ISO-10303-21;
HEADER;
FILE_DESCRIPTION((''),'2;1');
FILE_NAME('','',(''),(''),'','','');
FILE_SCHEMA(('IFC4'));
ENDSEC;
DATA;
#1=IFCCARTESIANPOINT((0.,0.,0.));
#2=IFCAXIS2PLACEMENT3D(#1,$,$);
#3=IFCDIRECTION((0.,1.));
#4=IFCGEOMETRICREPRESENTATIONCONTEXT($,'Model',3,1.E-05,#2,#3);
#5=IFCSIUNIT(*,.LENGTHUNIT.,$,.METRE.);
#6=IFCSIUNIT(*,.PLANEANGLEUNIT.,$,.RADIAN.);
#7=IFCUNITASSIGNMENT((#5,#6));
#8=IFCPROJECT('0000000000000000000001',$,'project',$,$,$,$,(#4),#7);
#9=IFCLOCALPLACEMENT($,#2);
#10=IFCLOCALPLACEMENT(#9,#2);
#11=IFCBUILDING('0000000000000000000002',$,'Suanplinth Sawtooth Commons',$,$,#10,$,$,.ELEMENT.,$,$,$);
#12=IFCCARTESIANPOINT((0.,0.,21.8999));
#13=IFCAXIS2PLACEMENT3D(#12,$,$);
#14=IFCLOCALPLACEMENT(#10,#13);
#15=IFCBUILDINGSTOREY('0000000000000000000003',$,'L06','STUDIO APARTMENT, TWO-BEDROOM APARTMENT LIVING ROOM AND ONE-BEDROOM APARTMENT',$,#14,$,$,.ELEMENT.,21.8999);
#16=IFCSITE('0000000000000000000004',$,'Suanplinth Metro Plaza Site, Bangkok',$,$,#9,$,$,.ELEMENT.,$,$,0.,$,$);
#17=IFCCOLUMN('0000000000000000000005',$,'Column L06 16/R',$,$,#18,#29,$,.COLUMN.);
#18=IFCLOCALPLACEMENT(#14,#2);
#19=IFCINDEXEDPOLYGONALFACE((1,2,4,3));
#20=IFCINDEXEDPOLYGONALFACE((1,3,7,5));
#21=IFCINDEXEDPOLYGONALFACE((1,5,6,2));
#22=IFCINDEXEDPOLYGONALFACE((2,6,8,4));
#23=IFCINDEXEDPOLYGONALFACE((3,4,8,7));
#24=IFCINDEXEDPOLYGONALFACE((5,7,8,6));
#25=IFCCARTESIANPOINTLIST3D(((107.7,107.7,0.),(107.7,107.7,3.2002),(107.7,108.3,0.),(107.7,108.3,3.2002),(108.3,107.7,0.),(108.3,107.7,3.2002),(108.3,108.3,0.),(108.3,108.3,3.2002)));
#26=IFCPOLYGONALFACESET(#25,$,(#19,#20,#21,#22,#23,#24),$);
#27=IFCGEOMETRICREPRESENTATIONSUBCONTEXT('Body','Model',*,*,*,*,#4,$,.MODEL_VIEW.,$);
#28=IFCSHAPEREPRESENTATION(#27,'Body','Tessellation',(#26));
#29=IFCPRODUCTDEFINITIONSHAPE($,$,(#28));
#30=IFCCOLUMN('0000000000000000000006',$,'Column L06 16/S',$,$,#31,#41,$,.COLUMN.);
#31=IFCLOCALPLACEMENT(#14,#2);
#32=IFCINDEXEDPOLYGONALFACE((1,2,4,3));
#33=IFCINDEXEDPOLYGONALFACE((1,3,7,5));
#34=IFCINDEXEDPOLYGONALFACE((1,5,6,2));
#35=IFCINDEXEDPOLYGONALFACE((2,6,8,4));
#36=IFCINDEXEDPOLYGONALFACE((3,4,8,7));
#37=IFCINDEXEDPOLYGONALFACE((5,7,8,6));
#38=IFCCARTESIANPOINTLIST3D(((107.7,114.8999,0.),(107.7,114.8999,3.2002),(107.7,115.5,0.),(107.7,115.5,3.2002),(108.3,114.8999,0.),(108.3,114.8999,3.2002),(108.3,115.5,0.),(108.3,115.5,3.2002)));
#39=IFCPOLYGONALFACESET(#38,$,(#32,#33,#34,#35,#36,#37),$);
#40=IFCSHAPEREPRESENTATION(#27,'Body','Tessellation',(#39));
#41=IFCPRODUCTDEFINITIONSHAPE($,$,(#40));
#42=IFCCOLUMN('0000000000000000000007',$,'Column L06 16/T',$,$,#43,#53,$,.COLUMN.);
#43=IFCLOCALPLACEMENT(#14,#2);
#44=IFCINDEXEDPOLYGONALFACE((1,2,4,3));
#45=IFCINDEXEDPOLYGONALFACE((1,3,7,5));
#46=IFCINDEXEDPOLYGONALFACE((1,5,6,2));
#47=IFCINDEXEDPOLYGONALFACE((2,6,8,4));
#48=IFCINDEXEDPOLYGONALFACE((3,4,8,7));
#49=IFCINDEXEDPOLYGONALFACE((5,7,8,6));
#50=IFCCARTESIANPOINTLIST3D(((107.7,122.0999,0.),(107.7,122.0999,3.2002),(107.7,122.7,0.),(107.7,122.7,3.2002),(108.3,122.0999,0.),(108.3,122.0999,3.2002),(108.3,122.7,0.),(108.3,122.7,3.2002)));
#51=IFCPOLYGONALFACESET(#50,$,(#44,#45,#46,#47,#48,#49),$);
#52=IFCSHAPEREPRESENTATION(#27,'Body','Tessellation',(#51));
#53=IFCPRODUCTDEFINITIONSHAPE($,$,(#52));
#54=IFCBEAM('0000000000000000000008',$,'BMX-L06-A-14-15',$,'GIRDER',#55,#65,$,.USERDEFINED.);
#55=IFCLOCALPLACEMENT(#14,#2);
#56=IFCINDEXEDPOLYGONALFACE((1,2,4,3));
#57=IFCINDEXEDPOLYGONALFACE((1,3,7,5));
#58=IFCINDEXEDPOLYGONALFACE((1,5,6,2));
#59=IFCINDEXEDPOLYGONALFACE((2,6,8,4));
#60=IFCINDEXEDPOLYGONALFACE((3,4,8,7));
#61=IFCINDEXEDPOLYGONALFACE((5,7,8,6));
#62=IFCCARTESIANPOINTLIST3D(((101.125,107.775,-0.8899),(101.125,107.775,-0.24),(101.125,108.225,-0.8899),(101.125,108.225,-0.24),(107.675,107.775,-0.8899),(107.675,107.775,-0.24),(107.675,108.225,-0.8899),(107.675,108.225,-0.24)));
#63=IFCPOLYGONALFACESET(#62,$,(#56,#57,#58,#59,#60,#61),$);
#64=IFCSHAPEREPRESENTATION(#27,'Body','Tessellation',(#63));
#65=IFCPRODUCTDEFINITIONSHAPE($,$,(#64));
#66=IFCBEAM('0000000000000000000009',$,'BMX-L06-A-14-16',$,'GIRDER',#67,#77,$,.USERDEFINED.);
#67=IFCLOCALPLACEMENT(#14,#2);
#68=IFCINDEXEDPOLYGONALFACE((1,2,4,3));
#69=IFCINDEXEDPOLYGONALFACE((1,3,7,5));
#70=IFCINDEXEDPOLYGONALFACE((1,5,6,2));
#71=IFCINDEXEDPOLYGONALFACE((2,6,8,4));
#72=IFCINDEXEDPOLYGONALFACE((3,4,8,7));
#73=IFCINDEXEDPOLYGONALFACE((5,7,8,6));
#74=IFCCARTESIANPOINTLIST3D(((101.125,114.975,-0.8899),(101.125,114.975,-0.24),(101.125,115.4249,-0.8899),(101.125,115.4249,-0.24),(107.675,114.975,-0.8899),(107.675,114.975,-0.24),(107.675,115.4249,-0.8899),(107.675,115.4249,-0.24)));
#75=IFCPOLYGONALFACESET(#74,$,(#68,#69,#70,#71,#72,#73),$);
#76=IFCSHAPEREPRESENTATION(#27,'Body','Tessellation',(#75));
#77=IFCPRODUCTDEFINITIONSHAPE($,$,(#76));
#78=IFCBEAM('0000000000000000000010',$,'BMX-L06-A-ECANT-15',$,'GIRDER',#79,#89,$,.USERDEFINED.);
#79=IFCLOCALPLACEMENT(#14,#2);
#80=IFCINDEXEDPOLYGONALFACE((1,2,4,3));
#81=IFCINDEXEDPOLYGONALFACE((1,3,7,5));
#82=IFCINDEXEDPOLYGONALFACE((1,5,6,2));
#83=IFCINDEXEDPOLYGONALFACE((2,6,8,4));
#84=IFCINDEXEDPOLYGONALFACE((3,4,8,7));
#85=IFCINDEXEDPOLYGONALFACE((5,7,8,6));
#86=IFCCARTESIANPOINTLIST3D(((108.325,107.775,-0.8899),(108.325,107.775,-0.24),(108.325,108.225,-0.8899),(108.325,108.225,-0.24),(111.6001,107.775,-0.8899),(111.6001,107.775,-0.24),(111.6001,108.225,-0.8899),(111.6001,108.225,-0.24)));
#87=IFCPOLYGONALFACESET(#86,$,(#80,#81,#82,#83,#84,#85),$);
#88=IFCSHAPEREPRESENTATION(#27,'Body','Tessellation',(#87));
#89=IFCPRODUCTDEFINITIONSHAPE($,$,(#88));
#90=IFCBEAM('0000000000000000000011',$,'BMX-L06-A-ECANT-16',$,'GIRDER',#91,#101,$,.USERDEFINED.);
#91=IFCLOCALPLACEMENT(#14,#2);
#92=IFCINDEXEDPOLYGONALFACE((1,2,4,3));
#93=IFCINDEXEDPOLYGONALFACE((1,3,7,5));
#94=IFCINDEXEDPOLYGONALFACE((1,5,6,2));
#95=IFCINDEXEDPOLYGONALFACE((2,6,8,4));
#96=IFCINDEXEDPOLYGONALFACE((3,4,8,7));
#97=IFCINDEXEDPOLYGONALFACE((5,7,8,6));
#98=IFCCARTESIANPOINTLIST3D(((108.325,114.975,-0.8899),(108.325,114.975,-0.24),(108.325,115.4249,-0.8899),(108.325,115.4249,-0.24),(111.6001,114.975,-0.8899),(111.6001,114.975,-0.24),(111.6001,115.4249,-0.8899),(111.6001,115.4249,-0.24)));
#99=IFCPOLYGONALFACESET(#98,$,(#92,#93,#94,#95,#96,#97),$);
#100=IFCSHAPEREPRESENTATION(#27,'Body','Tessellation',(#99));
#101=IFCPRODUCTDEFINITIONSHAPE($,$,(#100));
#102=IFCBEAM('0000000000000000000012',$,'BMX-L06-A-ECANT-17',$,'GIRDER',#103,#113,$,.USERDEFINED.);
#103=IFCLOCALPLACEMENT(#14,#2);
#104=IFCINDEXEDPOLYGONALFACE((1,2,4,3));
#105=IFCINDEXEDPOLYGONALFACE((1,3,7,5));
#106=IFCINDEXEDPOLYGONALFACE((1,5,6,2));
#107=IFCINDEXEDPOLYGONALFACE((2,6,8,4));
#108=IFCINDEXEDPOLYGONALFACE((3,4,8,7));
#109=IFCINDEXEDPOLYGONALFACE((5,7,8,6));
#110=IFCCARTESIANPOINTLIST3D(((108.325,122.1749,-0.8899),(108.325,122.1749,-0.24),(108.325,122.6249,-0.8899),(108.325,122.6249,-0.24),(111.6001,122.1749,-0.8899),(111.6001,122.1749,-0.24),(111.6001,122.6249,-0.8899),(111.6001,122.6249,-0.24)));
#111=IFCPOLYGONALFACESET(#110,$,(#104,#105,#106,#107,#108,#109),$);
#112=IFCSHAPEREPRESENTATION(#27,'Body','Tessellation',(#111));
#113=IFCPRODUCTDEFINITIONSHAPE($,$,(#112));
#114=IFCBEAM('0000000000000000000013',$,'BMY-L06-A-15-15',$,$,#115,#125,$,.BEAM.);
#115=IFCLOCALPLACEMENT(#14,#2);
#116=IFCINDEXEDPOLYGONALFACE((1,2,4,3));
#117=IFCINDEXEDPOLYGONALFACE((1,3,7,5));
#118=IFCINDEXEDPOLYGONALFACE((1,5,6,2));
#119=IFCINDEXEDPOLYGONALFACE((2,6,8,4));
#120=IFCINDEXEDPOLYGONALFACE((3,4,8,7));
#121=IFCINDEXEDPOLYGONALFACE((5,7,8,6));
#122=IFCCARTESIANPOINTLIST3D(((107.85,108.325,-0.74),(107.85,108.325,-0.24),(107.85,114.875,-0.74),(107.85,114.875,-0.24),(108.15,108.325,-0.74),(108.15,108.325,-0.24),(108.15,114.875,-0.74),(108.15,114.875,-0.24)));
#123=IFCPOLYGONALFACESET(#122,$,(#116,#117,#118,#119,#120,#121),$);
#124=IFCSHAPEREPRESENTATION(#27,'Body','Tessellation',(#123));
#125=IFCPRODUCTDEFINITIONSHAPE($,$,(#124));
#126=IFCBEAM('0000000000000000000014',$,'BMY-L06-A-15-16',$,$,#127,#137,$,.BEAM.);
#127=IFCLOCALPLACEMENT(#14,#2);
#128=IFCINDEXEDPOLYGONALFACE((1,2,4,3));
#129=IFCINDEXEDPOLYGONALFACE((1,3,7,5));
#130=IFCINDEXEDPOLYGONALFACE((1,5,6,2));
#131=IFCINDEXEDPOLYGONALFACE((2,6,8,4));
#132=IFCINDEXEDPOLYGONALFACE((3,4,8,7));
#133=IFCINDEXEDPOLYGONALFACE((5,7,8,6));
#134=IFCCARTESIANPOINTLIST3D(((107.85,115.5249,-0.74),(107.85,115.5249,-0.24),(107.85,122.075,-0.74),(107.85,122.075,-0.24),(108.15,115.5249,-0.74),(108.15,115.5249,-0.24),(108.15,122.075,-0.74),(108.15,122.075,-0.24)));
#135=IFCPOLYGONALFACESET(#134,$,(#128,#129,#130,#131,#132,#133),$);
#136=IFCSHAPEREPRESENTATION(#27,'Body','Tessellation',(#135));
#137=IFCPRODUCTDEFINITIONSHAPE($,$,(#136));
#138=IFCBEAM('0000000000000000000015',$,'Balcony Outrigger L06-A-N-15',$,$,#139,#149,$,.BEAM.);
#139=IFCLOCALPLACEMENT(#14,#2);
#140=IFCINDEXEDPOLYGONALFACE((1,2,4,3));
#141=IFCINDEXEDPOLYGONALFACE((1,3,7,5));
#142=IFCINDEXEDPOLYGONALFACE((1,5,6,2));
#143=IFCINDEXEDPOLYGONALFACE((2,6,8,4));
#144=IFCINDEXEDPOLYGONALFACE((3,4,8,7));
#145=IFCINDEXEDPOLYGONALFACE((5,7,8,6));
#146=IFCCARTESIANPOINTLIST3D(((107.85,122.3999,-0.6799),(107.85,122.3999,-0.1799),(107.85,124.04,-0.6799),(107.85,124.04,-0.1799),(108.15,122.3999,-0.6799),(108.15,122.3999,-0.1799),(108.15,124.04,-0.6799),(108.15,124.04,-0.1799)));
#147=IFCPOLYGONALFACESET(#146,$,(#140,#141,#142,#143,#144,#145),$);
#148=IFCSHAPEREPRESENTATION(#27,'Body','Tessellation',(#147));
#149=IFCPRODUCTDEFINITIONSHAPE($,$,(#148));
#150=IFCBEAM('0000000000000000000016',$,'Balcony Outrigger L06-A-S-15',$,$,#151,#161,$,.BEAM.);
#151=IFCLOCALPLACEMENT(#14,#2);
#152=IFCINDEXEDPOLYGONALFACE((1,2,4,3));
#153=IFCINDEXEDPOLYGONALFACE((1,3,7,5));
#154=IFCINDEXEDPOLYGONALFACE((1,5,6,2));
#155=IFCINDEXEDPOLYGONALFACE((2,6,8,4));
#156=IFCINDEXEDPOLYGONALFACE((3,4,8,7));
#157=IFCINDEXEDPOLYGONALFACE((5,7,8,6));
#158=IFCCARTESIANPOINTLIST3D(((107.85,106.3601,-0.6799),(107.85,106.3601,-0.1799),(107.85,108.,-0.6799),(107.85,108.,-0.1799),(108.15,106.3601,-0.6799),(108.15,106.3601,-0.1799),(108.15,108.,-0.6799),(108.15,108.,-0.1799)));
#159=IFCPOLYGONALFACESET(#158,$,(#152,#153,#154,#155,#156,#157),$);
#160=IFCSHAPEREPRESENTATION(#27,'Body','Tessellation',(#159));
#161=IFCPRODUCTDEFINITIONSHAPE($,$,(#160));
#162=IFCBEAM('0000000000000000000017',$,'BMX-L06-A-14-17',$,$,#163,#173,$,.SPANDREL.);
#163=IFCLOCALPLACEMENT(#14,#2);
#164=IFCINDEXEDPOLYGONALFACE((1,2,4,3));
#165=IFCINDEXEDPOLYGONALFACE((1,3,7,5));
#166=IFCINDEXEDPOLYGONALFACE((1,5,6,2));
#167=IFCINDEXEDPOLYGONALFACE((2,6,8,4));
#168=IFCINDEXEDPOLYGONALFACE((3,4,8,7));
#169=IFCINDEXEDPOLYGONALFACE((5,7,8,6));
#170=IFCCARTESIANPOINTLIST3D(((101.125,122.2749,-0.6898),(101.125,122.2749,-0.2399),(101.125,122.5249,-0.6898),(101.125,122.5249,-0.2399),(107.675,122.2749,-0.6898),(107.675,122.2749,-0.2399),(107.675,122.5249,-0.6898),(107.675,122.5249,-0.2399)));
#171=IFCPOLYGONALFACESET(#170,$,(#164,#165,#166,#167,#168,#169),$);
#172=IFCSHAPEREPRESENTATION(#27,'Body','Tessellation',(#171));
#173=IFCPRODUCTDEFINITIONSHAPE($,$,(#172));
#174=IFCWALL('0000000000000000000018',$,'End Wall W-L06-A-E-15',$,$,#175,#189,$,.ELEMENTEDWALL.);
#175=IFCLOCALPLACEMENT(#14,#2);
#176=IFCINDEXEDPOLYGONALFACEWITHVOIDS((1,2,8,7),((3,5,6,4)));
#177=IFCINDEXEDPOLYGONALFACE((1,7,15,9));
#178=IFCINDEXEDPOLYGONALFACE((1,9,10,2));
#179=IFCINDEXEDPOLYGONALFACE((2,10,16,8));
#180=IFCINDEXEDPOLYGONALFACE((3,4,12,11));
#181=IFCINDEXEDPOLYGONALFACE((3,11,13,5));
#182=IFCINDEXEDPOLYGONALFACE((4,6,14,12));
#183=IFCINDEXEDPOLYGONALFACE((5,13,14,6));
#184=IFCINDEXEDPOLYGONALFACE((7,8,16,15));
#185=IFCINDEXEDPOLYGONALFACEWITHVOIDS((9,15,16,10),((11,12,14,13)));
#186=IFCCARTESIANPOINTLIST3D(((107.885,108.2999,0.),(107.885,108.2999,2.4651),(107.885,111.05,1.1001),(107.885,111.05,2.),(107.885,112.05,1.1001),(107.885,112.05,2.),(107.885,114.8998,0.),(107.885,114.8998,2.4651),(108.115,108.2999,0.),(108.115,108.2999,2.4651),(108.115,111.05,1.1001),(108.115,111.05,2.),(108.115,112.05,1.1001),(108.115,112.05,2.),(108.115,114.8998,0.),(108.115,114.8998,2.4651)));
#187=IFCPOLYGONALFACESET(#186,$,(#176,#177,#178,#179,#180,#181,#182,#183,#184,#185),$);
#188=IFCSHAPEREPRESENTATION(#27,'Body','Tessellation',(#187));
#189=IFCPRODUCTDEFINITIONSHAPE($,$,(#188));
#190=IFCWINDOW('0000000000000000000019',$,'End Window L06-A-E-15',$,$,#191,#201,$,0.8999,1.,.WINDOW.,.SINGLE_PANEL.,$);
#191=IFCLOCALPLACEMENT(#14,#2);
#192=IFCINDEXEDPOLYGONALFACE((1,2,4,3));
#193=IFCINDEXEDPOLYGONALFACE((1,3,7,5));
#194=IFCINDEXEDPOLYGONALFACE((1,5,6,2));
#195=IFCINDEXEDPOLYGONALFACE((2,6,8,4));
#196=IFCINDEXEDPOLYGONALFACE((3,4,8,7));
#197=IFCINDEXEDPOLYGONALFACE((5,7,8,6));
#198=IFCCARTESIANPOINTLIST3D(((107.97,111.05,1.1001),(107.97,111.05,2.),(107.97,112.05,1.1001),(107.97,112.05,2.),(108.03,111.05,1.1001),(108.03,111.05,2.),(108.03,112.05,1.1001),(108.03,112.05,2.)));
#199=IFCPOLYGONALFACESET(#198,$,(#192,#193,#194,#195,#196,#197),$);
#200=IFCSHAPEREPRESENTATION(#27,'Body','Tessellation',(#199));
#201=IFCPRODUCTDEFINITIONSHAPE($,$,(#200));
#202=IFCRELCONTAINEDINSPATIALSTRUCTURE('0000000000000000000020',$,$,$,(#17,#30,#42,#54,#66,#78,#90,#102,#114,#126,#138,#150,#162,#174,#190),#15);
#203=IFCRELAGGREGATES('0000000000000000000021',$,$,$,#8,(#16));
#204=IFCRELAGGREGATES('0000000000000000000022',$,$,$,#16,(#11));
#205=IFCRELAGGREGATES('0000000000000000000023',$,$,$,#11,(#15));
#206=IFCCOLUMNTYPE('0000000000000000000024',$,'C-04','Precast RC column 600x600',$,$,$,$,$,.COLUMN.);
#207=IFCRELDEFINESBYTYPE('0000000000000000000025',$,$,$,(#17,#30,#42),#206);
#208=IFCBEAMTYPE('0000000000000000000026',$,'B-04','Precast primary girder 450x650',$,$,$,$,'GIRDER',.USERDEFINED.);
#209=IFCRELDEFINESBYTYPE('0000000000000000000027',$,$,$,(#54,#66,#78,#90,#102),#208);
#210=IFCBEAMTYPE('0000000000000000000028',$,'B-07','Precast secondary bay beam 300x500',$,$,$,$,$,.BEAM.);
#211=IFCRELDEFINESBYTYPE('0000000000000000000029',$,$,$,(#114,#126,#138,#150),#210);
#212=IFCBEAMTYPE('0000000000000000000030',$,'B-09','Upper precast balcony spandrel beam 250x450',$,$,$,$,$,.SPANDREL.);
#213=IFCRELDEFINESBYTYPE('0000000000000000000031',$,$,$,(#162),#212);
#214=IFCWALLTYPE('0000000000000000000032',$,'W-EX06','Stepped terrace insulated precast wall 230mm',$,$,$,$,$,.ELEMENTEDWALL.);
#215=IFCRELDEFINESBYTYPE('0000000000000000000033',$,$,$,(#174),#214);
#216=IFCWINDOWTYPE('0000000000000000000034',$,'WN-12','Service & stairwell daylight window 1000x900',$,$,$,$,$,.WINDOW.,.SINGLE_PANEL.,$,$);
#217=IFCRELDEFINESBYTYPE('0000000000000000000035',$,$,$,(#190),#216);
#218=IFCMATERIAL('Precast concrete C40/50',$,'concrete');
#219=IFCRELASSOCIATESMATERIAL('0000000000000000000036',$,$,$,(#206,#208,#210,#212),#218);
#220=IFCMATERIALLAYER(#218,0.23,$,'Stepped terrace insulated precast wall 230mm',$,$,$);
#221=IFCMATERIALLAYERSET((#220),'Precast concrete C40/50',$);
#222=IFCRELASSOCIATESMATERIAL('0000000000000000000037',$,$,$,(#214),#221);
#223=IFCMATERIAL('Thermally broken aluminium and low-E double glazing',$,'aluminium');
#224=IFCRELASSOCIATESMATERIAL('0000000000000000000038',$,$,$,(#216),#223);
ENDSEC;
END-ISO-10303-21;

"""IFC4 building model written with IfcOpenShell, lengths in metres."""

from ifc_helpers import new_model, si_unit, direction, frame, frame_2d, origin, origin_2d, place, context, subcontext, project, spatial, rectangle, extrude, material, layer, layer_set, material_profile, profile_set, type_object, element, fill, save


model = new_model("IFC4")

# Units and contexts
model_context = context("Model", 3, precision=1e-05, world=origin(), true_north=direction((0.0, 1.0)))
body_context = subcontext(model_context, "Body", "Model", "MODEL_VIEW")
ifc_project = project(units=[si_unit("LENGTHUNIT", "METRE"), si_unit("PLANEANGLEUNIT", "RADIAN")], contexts=[model_context])

# Site, building, storey
site_placement = place(None, origin())
site = spatial("IfcSite", under=ifc_project, at=site_placement, Name="Suanplinth Metro Plaza Site, Bangkok", CompositionType="ELEMENT", RefElevation=0.0)
building_placement = place(site_placement, origin())
building = spatial("IfcBuilding", under=site, at=building_placement, Name="Suanplinth Sawtooth Commons", CompositionType="ELEMENT")
storey_placement = place(building_placement, frame((0.0, 0.0, 21.8999)))
storey = spatial("IfcBuildingStorey", under=building, at=storey_placement, Name="L06", Description="STUDIO APARTMENT, TWO-BEDROOM APARTMENT LIVING ROOM AND ONE-BEDROOM APARTMENT", CompositionType="ELEMENT", Elevation=21.8999)

# Columns
ifc_material_1 = material(Name="Precast concrete C40/50", Category="concrete")
ifc_material_profile_1 = material_profile(ifc_material_1, rectangle(XDim=0.6001, YDim=0.6001, at=origin_2d()), Name="PC-COL 600x600")
ifc_profile_set_1 = profile_set([ifc_material_profile_1], Name="Precast concrete C40/50")
column_type = type_object("IfcColumnType", Name="C-04", Description="Precast RC column 600x600", PredefinedType="COLUMN", material=ifc_profile_set_1)
for number, where, z_axis, x_axis, name in (
    (1, (108.0, 108.0, 0.0), (0.0, 0.0, 1.0), (1.0, 0.0, 0.0), "Column L06 16/R"),
    (2, (108.0, 115.2, 0.0), (0.0, 0.0, 1.0), (1.0, 0.0, 0.0), "Column L06 16/S"),
    (3, (108.0, 122.3999, 0.0), (0.0, 0.0, 1.0), (1.0, 0.0, 0.0), "Column L06 16/T"),
):
    element("IfcColumn", number, at=place(storey_placement, frame(where, z_axis=z_axis, x_axis=x_axis)), inside=storey, type_object=column_type, Name=name, PredefinedType="COLUMN", context=body_context, shape_type="SweptSolid", body=[
        extrude(rectangle(XDim=0.6001, YDim=0.6001, at=origin_2d()), origin(), (0.0, 0.0, 1.0), 3.2002),
    ])

# Beams
ifc_material_profile_2 = material_profile(ifc_material_1, rectangle(XDim=0.45, YDim=0.6499, at=origin_2d()), Name="PC-GDR 450x650")
ifc_profile_set_2 = profile_set([ifc_material_profile_2], Name="Precast concrete C40/50")
beam_type_1 = type_object("IfcBeamType", Name="B-04", Description="Precast primary girder 450x650", ElementType="GIRDER", PredefinedType="USERDEFINED", material=ifc_profile_set_2)
for number, where, z_axis, x_axis, name in (
    (4, (101.125, 108.0, -0.5649), (1.0, 0.0, 0.0), (0.0, 1.0, 0.0), "BMX-L06-A-14-15"),
    (5, (101.125, 115.2, -0.5649), (1.0, 0.0, 0.0), (0.0, 1.0, 0.0), "BMX-L06-A-14-16"),
):
    element("IfcBeam", number, at=place(storey_placement, frame(where, z_axis=z_axis, x_axis=x_axis)), inside=storey, type_object=beam_type_1, Name=name, ObjectType="GIRDER", PredefinedType="USERDEFINED", context=body_context, shape_type="SweptSolid", body=[
        extrude(rectangle(XDim=0.45, YDim=0.6499, at=origin_2d()), origin(), (0.0, 0.0, 1.0), 6.55),
    ])
for number, where, z_axis, x_axis, name in (
    (6, (108.325, 108.0, -0.5649), (1.0, 0.0, 0.0), (0.0, 1.0, 0.0), "BMX-L06-A-ECANT-15"),
    (7, (108.325, 115.2, -0.5649), (1.0, 0.0, 0.0), (0.0, 1.0, 0.0), "BMX-L06-A-ECANT-16"),
    (8, (108.325, 122.3999, -0.5649), (1.0, 0.0, 0.0), (0.0, 1.0, 0.0), "BMX-L06-A-ECANT-17"),
):
    element("IfcBeam", number, at=place(storey_placement, frame(where, z_axis=z_axis, x_axis=x_axis)), inside=storey, type_object=beam_type_1, Name=name, ObjectType="GIRDER", PredefinedType="USERDEFINED", context=body_context, shape_type="SweptSolid", body=[
        extrude(rectangle(XDim=0.45, YDim=0.6499, at=origin_2d()), origin(), (0.0, 0.0, 1.0), 3.2751),
    ])
ifc_material_profile_3 = material_profile(ifc_material_1, rectangle(XDim=0.3, YDim=0.5, at=origin_2d()), Name="PC-BM 300x500")
ifc_profile_set_3 = profile_set([ifc_material_profile_3], Name="Precast concrete C40/50")
beam_type_2 = type_object("IfcBeamType", Name="B-07", Description="Precast secondary bay beam 300x500", PredefinedType="BEAM", material=ifc_profile_set_3)
for number, where, z_axis, x_axis, name in (
    (9, (108.0, 108.325, -0.49), (0.0, 1.0, 0.0), (-1.0, 0.0, 0.0), "BMY-L06-A-15-15"),
    (10, (108.0, 115.5249, -0.49), (0.0, 1.0, 0.0), (-1.0, 0.0, 0.0), "BMY-L06-A-15-16"),
):
    element("IfcBeam", number, at=place(storey_placement, frame(where, z_axis=z_axis, x_axis=x_axis)), inside=storey, type_object=beam_type_2, Name=name, PredefinedType="BEAM", context=body_context, shape_type="SweptSolid", body=[
        extrude(rectangle(XDim=0.3, YDim=0.5, at=origin_2d()), origin(), (0.0, 0.0, 1.0), 6.55),
    ])
beam_1_placement = place(storey_placement, frame((108.0, 122.3999, -0.4299), z_axis=(0.0, 1.0, 0.0), x_axis=(-1.0, 0.0, 0.0)))
element("IfcBeam", 11, at=beam_1_placement, inside=storey, type_object=beam_type_2, Name="Balcony Outrigger L06-A-N-15", PredefinedType="BEAM", context=body_context, shape_type="SweptSolid", body=[
    extrude(rectangle(XDim=0.3, YDim=0.5, at=origin_2d()), origin(), (0.0, 0.0, 1.0), 1.6401),
])
beam_2_placement = place(storey_placement, frame((108.0, 108.0, -0.4299), z_axis=(0.0, -1.0, 0.0), x_axis=(1.0, 0.0, 0.0)))
element("IfcBeam", 12, at=beam_2_placement, inside=storey, type_object=beam_type_2, Name="Balcony Outrigger L06-A-S-15", PredefinedType="BEAM", context=body_context, shape_type="SweptSolid", body=[
    extrude(rectangle(XDim=0.3, YDim=0.5, at=origin_2d()), origin(), (0.0, 0.0, 1.0), 1.6399),
])
ifc_material_profile_4 = material_profile(ifc_material_1, rectangle(XDim=0.25, YDim=0.45, at=origin_2d()), Name="PC-SP 250x450")
ifc_profile_set_4 = profile_set([ifc_material_profile_4], Name="Precast concrete C40/50")
beam_type_3 = type_object("IfcBeamType", Name="B-09", Description="Upper precast balcony spandrel beam 250x450", PredefinedType="SPANDREL", material=ifc_profile_set_4)
beam_3_placement = place(storey_placement, frame((101.125, 122.3999, -0.4648), z_axis=(1.0, 0.0, 0.0), x_axis=(0.0, 1.0, 0.0)))
element("IfcBeam", 13, at=beam_3_placement, inside=storey, type_object=beam_type_3, Name="BMX-L06-A-14-17", PredefinedType="SPANDREL", context=body_context, shape_type="SweptSolid", body=[
    extrude(rectangle(XDim=0.25, YDim=0.45, at=origin_2d()), origin(), (0.0, 0.0, 1.0), 6.55),
])

# Shared definitions
ifc_material_2 = material(Name="Thermally broken aluminium and low-E double glazing", Category="aluminium")

# Wall, opening, window
ifc_layer_1 = layer(ifc_material_1, 0.23, Name="Stepped terrace insulated precast wall 230mm")
ifc_layer_set_1 = layer_set([ifc_layer_1], Name="Precast concrete C40/50")
wall_type_1 = type_object("IfcWallType", Name="W-EX06", Description="Stepped terrace insulated precast wall 230mm", PredefinedType="ELEMENTEDWALL", material=ifc_layer_set_1)
wall_1_placement = place(storey_placement, frame((108.0, 108.3, 0.0), z_axis=(0.0, 0.0, 1.0), x_axis=(0.0, 1.0, 0.0)))
wall_1 = element("IfcWall", 14, at=wall_1_placement, inside=storey, type_object=wall_type_1, Name="End Wall W-L06-A-E-15", PredefinedType="ELEMENTEDWALL", context=body_context, shape_type="SweptSolid", body=[
    extrude(rectangle(XDim=6.5999, YDim=0.23, at=frame_2d((3.2998, 0.0))), origin(), (0.0, 0.0, 1.0), 2.4651),
])
opening_1_placement = place(wall_1_placement, frame((2.75, 0.0, 1.1001)))
opening_1 = element("IfcOpeningElement", 15, at=opening_1_placement, cuts=wall_1, PredefinedType="OPENING", context=body_context, shape_type="SweptSolid", body=[
    extrude(rectangle(XDim=1.0, YDim=0.8999, at=frame_2d((0.5, 0.45))), frame((0.0, 0.1299, 0.0), z_axis=(0.0, -1.0, 0.0), x_axis=(1.0, 0.0, 0.0)), (0.0, 0.0, 1.0), 0.2598),
])
window_type_1 = type_object("IfcWindowType", Name="WN-12", Description="Service & stairwell daylight window 1000x900", PartitioningType="SINGLE_PANEL", PredefinedType="WINDOW", material=ifc_material_2)
window_1_placement = place(opening_1_placement, origin())
window_1 = element("IfcWindow", 16, at=window_1_placement, inside=storey, type_object=window_type_1, Name="End Window L06-A-E-15", OverallHeight=0.8999, OverallWidth=1.0, PartitioningType="SINGLE_PANEL", PredefinedType="WINDOW", context=body_context, shape_type="SweptSolid", body=[
    extrude(rectangle(XDim=1.0, YDim=0.8999, at=frame_2d((0.5, 0.45))), frame((0.0, 0.03, 0.0), z_axis=(0.0, -1.0, 0.0), x_axis=(1.0, 0.0, 0.0)), (0.0, 0.0, 1.0), 0.0601),
])
fill(opening_1, window_1)

save(model, "model.ifc")
